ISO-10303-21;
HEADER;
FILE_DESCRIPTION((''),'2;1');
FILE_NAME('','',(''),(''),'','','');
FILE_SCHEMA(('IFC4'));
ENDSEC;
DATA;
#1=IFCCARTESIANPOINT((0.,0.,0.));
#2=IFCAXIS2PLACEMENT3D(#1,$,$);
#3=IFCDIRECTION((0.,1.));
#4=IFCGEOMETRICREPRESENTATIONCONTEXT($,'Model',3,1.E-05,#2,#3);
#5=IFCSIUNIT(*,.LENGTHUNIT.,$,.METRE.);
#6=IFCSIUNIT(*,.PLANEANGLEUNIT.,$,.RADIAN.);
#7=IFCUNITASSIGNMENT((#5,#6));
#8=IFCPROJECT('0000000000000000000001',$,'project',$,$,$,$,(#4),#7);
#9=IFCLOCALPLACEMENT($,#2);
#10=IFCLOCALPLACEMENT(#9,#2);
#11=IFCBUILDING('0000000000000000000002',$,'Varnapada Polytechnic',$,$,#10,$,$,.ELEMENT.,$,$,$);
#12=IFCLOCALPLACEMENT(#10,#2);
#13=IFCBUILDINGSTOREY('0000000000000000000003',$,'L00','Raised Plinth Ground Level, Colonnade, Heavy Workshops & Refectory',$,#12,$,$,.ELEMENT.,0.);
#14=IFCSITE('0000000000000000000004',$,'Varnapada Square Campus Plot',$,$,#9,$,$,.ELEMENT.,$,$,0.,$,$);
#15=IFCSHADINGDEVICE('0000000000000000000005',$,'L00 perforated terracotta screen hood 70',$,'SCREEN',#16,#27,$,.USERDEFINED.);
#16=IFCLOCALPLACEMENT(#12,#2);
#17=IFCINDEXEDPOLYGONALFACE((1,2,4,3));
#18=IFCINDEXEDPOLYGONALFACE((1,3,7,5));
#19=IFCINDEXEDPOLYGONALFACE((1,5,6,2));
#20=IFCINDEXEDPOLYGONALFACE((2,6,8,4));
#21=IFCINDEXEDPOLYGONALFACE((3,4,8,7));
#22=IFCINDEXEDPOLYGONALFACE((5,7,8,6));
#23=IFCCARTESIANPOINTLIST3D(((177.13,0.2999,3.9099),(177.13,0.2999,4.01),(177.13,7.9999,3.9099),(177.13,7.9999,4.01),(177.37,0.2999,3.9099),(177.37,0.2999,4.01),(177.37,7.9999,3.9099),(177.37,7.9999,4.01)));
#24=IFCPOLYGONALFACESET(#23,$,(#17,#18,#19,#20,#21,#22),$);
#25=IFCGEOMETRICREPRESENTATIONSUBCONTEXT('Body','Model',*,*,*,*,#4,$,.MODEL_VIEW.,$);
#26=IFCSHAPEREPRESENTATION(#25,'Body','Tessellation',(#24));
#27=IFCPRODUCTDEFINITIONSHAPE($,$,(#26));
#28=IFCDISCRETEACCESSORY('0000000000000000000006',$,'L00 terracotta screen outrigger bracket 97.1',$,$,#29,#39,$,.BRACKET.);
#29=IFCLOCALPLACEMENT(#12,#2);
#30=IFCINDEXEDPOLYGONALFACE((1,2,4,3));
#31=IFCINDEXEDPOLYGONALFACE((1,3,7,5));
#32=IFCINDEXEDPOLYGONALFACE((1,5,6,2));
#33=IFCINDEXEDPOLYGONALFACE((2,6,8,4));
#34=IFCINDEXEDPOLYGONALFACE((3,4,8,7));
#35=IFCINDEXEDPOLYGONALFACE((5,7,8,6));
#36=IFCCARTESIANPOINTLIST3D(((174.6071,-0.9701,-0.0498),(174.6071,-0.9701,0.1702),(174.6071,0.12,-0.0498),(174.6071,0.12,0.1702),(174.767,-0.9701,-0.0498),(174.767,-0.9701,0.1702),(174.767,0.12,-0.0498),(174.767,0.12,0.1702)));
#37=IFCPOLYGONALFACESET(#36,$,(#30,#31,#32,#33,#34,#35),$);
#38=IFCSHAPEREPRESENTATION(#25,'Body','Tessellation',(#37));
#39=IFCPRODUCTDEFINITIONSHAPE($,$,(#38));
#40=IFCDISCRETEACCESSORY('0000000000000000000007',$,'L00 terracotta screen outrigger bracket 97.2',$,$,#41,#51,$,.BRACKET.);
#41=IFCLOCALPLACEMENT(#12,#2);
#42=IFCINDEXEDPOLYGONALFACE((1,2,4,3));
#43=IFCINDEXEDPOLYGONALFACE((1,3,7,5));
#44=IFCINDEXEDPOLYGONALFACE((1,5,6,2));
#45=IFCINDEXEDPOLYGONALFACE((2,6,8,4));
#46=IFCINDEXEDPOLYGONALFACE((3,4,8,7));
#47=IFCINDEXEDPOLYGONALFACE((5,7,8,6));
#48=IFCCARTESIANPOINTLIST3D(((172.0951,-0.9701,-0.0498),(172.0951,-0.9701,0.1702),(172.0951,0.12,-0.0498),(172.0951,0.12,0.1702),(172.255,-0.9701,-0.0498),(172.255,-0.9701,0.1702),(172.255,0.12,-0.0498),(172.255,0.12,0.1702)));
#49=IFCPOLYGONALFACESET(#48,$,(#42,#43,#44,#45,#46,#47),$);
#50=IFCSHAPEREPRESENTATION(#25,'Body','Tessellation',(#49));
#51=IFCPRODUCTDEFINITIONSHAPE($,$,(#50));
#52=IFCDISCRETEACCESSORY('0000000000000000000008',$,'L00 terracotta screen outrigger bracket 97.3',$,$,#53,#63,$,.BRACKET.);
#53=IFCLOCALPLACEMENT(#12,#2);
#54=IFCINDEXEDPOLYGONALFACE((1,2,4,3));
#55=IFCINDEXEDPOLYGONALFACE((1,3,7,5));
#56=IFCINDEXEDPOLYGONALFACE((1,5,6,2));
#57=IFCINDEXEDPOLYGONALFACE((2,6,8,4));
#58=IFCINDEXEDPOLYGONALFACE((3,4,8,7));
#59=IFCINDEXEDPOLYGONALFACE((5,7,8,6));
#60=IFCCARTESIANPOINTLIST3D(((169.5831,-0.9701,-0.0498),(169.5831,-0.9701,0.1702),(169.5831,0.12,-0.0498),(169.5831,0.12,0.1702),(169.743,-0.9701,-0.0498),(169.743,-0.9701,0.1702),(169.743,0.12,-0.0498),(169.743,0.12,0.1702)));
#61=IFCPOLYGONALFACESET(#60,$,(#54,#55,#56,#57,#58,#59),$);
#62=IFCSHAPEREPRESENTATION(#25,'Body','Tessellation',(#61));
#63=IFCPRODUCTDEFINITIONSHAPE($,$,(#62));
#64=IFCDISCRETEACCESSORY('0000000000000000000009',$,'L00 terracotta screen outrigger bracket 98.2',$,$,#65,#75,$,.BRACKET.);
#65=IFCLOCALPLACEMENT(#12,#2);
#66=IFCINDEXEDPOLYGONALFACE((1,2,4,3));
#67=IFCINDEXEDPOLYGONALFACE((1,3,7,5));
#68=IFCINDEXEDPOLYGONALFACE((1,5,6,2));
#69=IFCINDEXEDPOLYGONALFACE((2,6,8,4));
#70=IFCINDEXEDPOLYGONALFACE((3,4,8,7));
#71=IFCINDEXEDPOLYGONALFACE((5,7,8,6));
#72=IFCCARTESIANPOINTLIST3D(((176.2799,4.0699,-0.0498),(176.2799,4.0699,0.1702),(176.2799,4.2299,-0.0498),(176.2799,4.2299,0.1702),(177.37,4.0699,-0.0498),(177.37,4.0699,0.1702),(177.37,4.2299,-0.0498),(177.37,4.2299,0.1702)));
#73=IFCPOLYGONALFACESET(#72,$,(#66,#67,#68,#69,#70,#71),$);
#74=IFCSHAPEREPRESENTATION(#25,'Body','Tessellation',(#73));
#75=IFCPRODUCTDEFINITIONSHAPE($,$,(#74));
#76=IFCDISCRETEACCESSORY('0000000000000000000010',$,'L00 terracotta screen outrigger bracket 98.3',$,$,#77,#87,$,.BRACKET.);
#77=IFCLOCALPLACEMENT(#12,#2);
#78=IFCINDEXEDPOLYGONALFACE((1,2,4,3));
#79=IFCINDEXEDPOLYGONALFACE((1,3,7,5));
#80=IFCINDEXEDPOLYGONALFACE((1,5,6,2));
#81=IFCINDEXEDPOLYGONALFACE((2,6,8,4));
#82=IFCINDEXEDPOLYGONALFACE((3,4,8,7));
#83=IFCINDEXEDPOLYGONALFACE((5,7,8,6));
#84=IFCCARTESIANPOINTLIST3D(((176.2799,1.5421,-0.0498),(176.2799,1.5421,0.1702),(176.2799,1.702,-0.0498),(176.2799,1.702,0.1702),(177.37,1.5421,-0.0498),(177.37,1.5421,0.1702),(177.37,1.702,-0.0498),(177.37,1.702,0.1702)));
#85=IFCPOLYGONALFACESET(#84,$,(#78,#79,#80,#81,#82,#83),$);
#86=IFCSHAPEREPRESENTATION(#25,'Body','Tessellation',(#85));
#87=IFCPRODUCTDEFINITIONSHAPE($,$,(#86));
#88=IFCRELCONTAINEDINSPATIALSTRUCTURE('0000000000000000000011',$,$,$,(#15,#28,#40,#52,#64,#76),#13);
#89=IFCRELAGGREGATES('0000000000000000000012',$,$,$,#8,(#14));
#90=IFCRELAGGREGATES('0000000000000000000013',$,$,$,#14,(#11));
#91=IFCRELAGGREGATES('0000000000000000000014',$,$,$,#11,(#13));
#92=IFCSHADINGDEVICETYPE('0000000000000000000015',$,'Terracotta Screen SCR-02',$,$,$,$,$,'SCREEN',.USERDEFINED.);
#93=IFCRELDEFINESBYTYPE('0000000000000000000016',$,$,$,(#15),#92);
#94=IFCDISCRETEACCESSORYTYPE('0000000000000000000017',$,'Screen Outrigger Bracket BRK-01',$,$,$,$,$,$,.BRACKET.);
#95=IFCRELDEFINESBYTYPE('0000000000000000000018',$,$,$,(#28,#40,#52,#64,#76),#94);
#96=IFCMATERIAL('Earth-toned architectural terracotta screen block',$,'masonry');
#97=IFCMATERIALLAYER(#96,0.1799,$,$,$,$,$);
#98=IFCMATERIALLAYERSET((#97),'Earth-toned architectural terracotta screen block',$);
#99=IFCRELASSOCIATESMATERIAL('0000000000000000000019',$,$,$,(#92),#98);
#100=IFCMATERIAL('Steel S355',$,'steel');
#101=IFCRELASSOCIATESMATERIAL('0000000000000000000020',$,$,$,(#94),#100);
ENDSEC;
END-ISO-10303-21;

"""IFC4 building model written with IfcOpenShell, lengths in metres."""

from ifc_helpers import new_model, si_unit, direction, frame, origin, origin_2d, place, context, subcontext, project, spatial, rectangle, extrude, material, layer, layer_set, type_object, element, save


model = new_model("IFC4")

# Units and contexts
model_context = context("Model", 3, precision=1e-05, world=origin(), true_north=direction((0.0, 1.0)))
body_context = subcontext(model_context, "Body", "Model", "MODEL_VIEW")
ifc_project = project(units=[si_unit("LENGTHUNIT", "METRE"), si_unit("PLANEANGLEUNIT", "RADIAN")], contexts=[model_context])

# Site, building, storey
site_placement = place(None, origin())
site = spatial("IfcSite", under=ifc_project, at=site_placement, Name="Varnapada Square Campus Plot", CompositionType="ELEMENT", RefElevation=0.0)
building_placement = place(site_placement, origin())
building = spatial("IfcBuilding", under=site, at=building_placement, Name="Varnapada Polytechnic", CompositionType="ELEMENT")
storey_placement = place(building_placement, origin())
storey = spatial("IfcBuildingStorey", under=building, at=storey_placement, Name="L00", Description="Raised Plinth Ground Level, Colonnade, Heavy Workshops & Refectory", CompositionType="ELEMENT", Elevation=0.0)

# Shared definitions
ifc_material_1 = material(Name="Earth-toned architectural terracotta screen block", Category="masonry")

# Shading device
ifc_layer_1 = layer(ifc_material_1, 0.1799)
ifc_layer_set_1 = layer_set([ifc_layer_1], Name="Earth-toned architectural terracotta screen block")
shading_device_type_1 = type_object("IfcShadingDeviceType", Name="Terracotta Screen SCR-02", ElementType="SCREEN", PredefinedType="USERDEFINED", material=ifc_layer_set_1)
shading_device_1_placement = place(storey_placement, frame((177.25, 4.1499, 3.9099), z_axis=(0.0, 0.0, 1.0), x_axis=(0.0, -1.0, 0.0)))
element("IfcShadingDevice", 1, at=shading_device_1_placement, inside=storey, type_object=shading_device_type_1, Name="L00 perforated terracotta screen hood 70", ObjectType="SCREEN", PredefinedType="USERDEFINED", context=body_context, shape_type="SweptSolid", body=[
    extrude(rectangle(XDim=7.7, YDim=0.24, at=origin_2d()), origin(), (0.0, 0.0, 1.0), 0.1001),
])

# Discrete accessories
ifc_material_2 = material(Name="Steel S355", Category="steel")
discrete_accessory_type = type_object("IfcDiscreteAccessoryType", Name="Screen Outrigger Bracket BRK-01", PredefinedType="BRACKET", material=ifc_material_2)
for number, where, z_axis, x_axis, name in (
    (2, (174.687, -0.425, -0.0498), (0.0, 0.0, 1.0), (-1.0, 0.0, 0.0), "L00 terracotta screen outrigger bracket 97.1"),
    (3, (172.175, -0.425, -0.0498), (0.0, 0.0, 1.0), (-1.0, 0.0, 0.0), "L00 terracotta screen outrigger bracket 97.2"),
    (4, (169.6631, -0.425, -0.0498), (0.0, 0.0, 1.0), (-1.0, 0.0, 0.0), "L00 terracotta screen outrigger bracket 97.3"),
    (5, (176.825, 4.1499, -0.0498), (0.0, 0.0, 1.0), (0.0, -1.0, 0.0), "L00 terracotta screen outrigger bracket 98.2"),
    (6, (176.825, 1.6221, -0.0498), (0.0, 0.0, 1.0), (0.0, -1.0, 0.0), "L00 terracotta screen outrigger bracket 98.3"),
):
    element("IfcDiscreteAccessory", number, at=place(storey_placement, frame(where, z_axis=z_axis, x_axis=x_axis)), inside=storey, type_object=discrete_accessory_type, Name=name, PredefinedType="BRACKET", context=body_context, shape_type="SweptSolid", body=[
        extrude(rectangle(XDim=0.1599, YDim=1.0901, at=origin_2d()), origin(), (0.0, 0.0, 1.0), 0.22),
    ])

save(model, "model.ifc")
